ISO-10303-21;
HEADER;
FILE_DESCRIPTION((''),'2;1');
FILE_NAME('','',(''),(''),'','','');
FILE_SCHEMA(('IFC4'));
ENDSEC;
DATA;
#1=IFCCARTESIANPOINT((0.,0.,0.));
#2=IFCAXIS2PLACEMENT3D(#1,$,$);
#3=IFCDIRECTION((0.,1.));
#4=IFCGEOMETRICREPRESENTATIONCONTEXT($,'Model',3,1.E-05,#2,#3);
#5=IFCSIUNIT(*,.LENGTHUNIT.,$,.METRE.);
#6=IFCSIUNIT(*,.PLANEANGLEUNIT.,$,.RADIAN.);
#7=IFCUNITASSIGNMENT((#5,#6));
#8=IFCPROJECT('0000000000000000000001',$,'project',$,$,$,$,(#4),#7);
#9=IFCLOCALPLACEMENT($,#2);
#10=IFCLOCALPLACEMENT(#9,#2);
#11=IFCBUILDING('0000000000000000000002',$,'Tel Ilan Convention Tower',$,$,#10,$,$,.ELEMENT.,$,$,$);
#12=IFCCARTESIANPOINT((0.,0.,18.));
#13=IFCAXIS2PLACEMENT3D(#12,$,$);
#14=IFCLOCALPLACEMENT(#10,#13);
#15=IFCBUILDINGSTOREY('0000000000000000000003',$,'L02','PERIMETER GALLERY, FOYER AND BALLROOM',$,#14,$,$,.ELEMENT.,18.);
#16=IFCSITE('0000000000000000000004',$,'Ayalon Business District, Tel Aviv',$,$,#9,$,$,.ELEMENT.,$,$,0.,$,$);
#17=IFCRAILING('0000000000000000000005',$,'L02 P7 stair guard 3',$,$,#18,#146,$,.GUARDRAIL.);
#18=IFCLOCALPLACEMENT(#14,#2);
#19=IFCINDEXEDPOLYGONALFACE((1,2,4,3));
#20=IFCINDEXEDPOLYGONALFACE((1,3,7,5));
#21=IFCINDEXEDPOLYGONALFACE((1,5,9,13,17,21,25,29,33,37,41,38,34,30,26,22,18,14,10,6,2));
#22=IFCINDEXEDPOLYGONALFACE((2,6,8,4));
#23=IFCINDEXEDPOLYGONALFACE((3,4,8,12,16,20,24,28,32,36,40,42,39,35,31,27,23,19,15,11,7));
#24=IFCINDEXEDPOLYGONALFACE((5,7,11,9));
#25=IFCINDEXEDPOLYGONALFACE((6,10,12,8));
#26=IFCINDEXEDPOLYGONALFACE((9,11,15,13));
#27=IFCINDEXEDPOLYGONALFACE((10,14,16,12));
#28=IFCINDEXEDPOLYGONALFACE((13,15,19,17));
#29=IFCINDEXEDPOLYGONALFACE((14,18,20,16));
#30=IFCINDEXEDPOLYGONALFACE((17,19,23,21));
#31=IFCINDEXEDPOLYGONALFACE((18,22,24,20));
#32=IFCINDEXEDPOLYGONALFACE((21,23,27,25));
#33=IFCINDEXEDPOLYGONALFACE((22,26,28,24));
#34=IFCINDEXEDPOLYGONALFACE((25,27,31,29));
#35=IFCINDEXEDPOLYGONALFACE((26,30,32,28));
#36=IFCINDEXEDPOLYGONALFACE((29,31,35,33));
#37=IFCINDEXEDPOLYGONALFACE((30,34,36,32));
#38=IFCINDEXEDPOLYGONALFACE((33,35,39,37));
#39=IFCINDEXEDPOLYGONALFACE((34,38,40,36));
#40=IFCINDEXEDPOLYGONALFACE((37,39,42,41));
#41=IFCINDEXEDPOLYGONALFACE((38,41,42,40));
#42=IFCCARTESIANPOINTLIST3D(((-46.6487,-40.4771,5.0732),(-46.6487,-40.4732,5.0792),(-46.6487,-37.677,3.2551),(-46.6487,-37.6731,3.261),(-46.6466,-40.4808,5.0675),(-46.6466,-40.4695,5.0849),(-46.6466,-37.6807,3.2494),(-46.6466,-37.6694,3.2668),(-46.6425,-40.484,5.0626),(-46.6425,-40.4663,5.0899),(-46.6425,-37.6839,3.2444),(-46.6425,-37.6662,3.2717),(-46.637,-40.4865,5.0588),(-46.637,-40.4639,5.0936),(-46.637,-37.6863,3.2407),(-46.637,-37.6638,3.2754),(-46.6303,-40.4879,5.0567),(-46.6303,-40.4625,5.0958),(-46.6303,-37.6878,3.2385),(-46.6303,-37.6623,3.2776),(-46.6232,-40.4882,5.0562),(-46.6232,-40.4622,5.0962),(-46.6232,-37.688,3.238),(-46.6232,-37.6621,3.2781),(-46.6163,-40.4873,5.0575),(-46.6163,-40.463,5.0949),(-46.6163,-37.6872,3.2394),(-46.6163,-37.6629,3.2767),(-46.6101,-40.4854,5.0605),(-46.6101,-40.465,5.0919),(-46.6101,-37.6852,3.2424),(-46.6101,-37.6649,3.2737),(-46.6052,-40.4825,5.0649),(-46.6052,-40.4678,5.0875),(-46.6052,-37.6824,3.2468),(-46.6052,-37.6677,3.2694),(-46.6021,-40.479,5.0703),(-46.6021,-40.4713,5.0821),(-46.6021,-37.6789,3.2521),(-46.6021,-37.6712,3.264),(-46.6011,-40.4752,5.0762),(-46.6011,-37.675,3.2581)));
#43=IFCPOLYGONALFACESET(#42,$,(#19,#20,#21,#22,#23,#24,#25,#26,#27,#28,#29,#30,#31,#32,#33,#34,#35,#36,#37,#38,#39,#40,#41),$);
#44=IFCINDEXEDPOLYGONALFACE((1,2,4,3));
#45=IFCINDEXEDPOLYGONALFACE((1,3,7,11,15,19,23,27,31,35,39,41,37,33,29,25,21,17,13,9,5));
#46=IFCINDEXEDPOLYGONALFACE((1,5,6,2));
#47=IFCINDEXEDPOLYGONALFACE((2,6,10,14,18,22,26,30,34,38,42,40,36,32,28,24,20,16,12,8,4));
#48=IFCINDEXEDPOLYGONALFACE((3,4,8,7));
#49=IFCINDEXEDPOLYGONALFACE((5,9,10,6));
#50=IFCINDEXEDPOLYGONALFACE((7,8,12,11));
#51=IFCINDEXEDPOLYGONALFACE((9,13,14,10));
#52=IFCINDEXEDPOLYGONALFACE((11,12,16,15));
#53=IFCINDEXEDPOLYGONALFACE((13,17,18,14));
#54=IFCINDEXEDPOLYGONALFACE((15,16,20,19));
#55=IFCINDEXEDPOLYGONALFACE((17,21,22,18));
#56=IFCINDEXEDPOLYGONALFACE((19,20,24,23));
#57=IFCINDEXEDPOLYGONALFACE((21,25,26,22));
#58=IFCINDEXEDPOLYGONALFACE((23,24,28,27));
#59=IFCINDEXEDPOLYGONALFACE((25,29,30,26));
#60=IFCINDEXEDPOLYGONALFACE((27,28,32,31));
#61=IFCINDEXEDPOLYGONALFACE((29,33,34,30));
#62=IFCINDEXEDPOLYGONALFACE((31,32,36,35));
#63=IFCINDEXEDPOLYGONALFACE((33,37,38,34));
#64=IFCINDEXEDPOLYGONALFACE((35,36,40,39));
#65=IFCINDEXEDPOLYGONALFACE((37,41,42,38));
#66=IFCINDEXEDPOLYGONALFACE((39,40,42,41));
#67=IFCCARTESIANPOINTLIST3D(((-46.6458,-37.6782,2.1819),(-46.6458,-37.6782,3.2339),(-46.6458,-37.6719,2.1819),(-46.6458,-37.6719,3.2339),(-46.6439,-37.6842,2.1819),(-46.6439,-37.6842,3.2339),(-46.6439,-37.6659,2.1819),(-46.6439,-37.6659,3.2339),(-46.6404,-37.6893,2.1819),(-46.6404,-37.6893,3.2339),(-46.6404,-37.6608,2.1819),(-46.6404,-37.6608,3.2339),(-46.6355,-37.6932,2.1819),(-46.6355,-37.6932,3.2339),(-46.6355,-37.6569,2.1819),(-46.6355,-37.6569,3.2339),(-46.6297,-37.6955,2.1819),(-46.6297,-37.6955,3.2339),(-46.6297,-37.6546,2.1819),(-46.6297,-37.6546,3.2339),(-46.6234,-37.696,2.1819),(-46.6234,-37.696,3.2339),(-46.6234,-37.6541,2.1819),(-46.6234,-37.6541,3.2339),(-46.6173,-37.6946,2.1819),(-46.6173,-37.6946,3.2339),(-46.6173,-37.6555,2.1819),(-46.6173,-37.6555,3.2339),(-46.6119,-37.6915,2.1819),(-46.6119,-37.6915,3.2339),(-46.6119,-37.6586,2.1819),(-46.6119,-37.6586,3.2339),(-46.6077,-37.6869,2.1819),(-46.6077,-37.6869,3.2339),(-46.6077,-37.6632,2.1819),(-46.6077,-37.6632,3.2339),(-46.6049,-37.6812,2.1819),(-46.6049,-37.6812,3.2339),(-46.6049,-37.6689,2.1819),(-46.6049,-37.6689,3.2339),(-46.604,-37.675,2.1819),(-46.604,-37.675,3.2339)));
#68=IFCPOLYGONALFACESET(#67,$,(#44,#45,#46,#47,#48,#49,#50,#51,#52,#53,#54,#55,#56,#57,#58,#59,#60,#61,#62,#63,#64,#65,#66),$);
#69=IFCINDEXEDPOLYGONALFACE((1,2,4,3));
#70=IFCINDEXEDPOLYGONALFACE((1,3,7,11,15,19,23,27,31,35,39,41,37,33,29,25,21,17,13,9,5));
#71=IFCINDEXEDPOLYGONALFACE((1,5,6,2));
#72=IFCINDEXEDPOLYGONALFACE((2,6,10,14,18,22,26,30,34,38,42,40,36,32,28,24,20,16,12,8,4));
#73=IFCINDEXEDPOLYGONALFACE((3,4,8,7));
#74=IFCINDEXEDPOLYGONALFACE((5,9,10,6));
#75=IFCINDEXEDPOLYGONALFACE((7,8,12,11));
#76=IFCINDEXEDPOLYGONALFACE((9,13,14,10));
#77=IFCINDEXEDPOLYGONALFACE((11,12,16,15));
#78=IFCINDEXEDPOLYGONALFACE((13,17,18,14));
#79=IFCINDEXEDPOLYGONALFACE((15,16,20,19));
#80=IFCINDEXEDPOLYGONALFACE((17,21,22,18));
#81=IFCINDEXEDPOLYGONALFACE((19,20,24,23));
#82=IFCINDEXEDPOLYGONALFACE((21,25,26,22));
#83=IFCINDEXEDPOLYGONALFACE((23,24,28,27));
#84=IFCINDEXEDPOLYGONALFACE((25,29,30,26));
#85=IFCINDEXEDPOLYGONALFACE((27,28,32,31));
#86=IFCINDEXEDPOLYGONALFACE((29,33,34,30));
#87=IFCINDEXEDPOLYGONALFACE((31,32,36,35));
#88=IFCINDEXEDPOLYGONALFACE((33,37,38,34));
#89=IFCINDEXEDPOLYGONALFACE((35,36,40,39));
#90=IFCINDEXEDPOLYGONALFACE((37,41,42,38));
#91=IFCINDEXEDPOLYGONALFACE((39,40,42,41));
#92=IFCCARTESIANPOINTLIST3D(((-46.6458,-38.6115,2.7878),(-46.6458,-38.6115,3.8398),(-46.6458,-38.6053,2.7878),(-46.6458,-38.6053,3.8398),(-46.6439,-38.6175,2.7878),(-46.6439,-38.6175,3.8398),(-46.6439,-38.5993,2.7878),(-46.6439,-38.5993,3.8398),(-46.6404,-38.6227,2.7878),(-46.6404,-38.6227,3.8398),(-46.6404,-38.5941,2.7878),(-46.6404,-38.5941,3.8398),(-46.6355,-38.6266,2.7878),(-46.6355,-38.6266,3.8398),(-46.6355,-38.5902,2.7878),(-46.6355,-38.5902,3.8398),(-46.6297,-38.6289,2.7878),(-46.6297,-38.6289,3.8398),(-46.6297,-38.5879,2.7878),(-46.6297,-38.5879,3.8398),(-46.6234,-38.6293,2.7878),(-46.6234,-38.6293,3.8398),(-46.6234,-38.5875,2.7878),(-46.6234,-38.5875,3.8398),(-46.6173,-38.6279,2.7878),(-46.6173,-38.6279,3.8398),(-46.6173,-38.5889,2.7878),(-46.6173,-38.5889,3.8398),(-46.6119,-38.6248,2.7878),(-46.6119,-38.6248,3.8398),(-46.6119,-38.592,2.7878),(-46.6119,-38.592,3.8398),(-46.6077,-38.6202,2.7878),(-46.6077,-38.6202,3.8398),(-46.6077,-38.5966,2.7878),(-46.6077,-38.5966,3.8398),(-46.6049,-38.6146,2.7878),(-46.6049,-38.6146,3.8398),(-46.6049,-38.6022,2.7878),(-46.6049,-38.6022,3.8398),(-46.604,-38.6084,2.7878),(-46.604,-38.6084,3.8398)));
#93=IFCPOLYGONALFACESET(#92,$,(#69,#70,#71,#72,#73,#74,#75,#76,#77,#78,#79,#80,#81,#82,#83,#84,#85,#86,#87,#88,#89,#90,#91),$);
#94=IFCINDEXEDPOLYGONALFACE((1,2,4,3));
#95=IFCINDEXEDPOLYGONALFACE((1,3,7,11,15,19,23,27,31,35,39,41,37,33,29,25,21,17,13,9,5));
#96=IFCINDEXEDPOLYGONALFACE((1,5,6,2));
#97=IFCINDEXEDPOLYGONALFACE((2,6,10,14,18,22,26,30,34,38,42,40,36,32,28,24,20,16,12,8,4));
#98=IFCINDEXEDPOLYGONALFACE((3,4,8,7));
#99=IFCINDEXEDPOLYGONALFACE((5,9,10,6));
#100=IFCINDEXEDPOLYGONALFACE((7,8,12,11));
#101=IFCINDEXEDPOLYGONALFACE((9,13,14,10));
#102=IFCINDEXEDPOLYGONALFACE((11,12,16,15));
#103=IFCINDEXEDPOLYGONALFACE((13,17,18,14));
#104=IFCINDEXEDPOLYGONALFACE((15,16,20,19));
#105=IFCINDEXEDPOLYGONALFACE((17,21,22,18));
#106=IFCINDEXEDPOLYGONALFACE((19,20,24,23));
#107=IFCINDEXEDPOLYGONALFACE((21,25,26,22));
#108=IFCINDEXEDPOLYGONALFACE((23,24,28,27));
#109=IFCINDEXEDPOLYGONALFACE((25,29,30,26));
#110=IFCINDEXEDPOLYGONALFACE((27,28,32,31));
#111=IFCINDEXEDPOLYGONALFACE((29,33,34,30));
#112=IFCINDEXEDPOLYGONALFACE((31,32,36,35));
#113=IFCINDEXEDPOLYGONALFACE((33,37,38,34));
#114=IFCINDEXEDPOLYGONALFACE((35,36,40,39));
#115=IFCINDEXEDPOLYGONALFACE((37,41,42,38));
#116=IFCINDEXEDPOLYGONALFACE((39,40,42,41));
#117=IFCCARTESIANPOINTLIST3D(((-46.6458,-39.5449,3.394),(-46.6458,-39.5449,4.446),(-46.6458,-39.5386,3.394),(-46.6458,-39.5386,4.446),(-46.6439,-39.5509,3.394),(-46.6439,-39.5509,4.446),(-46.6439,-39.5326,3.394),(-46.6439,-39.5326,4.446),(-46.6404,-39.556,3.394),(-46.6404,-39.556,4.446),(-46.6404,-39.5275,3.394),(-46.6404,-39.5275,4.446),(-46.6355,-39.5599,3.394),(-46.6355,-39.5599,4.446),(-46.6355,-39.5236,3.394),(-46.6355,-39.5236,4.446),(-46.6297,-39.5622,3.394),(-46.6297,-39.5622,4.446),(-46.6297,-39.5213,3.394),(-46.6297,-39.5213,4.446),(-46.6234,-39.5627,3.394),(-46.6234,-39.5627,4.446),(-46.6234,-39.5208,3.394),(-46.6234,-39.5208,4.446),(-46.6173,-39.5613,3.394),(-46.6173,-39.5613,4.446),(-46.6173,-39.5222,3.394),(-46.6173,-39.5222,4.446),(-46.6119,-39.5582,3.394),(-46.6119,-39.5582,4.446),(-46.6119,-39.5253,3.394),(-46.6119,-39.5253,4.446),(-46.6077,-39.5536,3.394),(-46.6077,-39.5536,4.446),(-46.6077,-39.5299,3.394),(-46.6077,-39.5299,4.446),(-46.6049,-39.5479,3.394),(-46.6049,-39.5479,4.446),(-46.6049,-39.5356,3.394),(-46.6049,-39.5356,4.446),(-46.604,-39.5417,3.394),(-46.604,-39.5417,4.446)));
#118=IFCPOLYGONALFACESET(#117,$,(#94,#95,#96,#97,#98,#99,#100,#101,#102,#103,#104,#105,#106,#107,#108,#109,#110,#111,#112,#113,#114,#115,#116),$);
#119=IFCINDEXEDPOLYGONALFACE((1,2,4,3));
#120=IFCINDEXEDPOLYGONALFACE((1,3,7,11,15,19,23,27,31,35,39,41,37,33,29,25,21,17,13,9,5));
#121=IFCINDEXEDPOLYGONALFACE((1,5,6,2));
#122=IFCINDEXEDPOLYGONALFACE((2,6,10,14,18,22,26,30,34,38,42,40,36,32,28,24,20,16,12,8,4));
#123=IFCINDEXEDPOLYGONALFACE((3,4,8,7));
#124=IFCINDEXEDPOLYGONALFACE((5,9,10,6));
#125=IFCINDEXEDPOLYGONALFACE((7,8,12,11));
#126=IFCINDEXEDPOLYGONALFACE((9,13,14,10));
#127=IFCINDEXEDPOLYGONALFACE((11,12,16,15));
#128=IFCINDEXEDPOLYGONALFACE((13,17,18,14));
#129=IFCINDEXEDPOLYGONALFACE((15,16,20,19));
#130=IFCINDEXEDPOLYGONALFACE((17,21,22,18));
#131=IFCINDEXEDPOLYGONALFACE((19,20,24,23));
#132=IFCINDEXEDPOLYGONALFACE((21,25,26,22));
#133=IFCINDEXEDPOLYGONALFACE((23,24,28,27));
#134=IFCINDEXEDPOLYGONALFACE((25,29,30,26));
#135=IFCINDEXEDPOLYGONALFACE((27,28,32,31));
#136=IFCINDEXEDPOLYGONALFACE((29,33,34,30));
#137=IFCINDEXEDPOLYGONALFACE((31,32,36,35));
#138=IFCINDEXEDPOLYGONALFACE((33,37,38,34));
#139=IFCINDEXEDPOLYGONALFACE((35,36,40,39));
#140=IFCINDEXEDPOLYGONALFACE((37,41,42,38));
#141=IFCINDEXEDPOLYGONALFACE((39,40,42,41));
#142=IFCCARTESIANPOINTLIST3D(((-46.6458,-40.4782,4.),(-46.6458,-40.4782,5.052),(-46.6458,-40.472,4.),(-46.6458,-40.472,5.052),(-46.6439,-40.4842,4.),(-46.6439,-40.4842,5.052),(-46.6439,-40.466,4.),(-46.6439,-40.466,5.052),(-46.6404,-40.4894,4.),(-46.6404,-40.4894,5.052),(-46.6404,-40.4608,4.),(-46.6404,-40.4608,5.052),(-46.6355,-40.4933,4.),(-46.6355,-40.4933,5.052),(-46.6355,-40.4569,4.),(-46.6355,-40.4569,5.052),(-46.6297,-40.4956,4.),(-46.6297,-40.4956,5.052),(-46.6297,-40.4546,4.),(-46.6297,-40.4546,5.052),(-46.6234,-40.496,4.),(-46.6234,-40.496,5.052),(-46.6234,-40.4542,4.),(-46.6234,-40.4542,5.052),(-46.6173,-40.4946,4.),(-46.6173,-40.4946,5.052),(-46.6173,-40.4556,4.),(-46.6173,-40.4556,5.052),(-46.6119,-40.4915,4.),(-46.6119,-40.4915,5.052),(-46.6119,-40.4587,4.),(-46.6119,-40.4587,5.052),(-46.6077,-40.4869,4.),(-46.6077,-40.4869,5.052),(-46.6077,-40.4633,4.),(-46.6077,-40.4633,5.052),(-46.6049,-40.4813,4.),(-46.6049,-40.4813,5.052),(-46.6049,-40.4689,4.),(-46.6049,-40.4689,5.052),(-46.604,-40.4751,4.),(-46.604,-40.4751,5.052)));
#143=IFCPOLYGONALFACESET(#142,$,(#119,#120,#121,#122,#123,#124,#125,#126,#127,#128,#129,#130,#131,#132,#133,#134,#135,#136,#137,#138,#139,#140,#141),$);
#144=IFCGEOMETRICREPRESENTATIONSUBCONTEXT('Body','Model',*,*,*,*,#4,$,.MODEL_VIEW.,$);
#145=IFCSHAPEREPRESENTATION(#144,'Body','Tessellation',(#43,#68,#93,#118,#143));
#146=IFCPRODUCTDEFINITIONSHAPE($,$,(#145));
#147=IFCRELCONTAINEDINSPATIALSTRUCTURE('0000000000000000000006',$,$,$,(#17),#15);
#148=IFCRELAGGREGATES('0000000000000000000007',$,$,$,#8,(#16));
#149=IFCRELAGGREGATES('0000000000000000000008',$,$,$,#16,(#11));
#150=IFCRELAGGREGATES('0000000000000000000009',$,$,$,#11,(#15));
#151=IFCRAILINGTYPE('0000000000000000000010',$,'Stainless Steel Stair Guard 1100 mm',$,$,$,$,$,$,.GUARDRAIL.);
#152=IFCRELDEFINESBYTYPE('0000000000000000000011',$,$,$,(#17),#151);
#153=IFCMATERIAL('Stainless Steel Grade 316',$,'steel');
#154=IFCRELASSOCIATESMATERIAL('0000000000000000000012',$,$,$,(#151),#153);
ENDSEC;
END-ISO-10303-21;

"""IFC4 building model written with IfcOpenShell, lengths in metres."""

from ifc_helpers import new_model, si_unit, direction, frame, origin, origin_2d, place, context, subcontext, project, spatial, circle, extrude, material, type_object, element, save


model = new_model("IFC4")

# Units and contexts
model_context = context("Model", 3, precision=1e-05, world=origin(), true_north=direction((0.0, 1.0)))
body_context = subcontext(model_context, "Body", "Model", "MODEL_VIEW")
ifc_project = project(units=[si_unit("LENGTHUNIT", "METRE"), si_unit("PLANEANGLEUNIT", "RADIAN")], contexts=[model_context])

# Site, building, storey
site_placement = place(None, origin())
site = spatial("IfcSite", under=ifc_project, at=site_placement, Name="Ayalon Business District, Tel Aviv", CompositionType="ELEMENT", RefElevation=0.0)
building_placement = place(site_placement, origin())
building = spatial("IfcBuilding", under=site, at=building_placement, Name="Tel Ilan Convention Tower", CompositionType="ELEMENT")
storey_placement = place(building_placement, frame((0.0, 0.0, 18.0)))
storey = spatial("IfcBuildingStorey", under=building, at=storey_placement, Name="L02", Description="PERIMETER GALLERY, FOYER AND BALLROOM", CompositionType="ELEMENT", Elevation=18.0)

# Railing
ifc_material_1 = material(Name="Stainless Steel Grade 316", Category="steel")
railing_type_1 = type_object("IfcRailingType", Name="Stainless Steel Stair Guard 1100 mm", PredefinedType="GUARDRAIL", material=ifc_material_1)
railing_1_placement = place(storey_placement, frame((-46.625, -37.675, 2.1819)))
element("IfcRailing", 1, at=railing_1_placement, inside=storey, type_object=railing_type_1, Name="L02 P7 stair guard 3", PredefinedType="GUARDRAIL", context=body_context, shape_type="SweptSolid", body=[
    extrude(circle(Radius=0.0239, at=origin_2d()), frame((0.0, 0.0, 1.0762), z_axis=(0.0, -0.838706, 0.544585), x_axis=(1.0, 0.0, 0.0)), (0.0, 0.0, 1.0), 3.3386),
    extrude(circle(Radius=0.021, at=origin_2d()), origin(), (0.0, 0.0, 1.0), 1.052),
    extrude(circle(Radius=0.021, at=origin_2d()), frame((0.0, -0.9333, 0.606)), (0.0, 0.0, 1.0), 1.052),
    extrude(circle(Radius=0.021, at=origin_2d()), frame((0.0, -1.8667, 1.2122)), (0.0, 0.0, 1.0), 1.052),
    extrude(circle(Radius=0.021, at=origin_2d()), frame((0.0, -2.8, 1.8181)), (0.0, 0.0, 1.0), 1.052),
])

save(model, "model.ifc")
